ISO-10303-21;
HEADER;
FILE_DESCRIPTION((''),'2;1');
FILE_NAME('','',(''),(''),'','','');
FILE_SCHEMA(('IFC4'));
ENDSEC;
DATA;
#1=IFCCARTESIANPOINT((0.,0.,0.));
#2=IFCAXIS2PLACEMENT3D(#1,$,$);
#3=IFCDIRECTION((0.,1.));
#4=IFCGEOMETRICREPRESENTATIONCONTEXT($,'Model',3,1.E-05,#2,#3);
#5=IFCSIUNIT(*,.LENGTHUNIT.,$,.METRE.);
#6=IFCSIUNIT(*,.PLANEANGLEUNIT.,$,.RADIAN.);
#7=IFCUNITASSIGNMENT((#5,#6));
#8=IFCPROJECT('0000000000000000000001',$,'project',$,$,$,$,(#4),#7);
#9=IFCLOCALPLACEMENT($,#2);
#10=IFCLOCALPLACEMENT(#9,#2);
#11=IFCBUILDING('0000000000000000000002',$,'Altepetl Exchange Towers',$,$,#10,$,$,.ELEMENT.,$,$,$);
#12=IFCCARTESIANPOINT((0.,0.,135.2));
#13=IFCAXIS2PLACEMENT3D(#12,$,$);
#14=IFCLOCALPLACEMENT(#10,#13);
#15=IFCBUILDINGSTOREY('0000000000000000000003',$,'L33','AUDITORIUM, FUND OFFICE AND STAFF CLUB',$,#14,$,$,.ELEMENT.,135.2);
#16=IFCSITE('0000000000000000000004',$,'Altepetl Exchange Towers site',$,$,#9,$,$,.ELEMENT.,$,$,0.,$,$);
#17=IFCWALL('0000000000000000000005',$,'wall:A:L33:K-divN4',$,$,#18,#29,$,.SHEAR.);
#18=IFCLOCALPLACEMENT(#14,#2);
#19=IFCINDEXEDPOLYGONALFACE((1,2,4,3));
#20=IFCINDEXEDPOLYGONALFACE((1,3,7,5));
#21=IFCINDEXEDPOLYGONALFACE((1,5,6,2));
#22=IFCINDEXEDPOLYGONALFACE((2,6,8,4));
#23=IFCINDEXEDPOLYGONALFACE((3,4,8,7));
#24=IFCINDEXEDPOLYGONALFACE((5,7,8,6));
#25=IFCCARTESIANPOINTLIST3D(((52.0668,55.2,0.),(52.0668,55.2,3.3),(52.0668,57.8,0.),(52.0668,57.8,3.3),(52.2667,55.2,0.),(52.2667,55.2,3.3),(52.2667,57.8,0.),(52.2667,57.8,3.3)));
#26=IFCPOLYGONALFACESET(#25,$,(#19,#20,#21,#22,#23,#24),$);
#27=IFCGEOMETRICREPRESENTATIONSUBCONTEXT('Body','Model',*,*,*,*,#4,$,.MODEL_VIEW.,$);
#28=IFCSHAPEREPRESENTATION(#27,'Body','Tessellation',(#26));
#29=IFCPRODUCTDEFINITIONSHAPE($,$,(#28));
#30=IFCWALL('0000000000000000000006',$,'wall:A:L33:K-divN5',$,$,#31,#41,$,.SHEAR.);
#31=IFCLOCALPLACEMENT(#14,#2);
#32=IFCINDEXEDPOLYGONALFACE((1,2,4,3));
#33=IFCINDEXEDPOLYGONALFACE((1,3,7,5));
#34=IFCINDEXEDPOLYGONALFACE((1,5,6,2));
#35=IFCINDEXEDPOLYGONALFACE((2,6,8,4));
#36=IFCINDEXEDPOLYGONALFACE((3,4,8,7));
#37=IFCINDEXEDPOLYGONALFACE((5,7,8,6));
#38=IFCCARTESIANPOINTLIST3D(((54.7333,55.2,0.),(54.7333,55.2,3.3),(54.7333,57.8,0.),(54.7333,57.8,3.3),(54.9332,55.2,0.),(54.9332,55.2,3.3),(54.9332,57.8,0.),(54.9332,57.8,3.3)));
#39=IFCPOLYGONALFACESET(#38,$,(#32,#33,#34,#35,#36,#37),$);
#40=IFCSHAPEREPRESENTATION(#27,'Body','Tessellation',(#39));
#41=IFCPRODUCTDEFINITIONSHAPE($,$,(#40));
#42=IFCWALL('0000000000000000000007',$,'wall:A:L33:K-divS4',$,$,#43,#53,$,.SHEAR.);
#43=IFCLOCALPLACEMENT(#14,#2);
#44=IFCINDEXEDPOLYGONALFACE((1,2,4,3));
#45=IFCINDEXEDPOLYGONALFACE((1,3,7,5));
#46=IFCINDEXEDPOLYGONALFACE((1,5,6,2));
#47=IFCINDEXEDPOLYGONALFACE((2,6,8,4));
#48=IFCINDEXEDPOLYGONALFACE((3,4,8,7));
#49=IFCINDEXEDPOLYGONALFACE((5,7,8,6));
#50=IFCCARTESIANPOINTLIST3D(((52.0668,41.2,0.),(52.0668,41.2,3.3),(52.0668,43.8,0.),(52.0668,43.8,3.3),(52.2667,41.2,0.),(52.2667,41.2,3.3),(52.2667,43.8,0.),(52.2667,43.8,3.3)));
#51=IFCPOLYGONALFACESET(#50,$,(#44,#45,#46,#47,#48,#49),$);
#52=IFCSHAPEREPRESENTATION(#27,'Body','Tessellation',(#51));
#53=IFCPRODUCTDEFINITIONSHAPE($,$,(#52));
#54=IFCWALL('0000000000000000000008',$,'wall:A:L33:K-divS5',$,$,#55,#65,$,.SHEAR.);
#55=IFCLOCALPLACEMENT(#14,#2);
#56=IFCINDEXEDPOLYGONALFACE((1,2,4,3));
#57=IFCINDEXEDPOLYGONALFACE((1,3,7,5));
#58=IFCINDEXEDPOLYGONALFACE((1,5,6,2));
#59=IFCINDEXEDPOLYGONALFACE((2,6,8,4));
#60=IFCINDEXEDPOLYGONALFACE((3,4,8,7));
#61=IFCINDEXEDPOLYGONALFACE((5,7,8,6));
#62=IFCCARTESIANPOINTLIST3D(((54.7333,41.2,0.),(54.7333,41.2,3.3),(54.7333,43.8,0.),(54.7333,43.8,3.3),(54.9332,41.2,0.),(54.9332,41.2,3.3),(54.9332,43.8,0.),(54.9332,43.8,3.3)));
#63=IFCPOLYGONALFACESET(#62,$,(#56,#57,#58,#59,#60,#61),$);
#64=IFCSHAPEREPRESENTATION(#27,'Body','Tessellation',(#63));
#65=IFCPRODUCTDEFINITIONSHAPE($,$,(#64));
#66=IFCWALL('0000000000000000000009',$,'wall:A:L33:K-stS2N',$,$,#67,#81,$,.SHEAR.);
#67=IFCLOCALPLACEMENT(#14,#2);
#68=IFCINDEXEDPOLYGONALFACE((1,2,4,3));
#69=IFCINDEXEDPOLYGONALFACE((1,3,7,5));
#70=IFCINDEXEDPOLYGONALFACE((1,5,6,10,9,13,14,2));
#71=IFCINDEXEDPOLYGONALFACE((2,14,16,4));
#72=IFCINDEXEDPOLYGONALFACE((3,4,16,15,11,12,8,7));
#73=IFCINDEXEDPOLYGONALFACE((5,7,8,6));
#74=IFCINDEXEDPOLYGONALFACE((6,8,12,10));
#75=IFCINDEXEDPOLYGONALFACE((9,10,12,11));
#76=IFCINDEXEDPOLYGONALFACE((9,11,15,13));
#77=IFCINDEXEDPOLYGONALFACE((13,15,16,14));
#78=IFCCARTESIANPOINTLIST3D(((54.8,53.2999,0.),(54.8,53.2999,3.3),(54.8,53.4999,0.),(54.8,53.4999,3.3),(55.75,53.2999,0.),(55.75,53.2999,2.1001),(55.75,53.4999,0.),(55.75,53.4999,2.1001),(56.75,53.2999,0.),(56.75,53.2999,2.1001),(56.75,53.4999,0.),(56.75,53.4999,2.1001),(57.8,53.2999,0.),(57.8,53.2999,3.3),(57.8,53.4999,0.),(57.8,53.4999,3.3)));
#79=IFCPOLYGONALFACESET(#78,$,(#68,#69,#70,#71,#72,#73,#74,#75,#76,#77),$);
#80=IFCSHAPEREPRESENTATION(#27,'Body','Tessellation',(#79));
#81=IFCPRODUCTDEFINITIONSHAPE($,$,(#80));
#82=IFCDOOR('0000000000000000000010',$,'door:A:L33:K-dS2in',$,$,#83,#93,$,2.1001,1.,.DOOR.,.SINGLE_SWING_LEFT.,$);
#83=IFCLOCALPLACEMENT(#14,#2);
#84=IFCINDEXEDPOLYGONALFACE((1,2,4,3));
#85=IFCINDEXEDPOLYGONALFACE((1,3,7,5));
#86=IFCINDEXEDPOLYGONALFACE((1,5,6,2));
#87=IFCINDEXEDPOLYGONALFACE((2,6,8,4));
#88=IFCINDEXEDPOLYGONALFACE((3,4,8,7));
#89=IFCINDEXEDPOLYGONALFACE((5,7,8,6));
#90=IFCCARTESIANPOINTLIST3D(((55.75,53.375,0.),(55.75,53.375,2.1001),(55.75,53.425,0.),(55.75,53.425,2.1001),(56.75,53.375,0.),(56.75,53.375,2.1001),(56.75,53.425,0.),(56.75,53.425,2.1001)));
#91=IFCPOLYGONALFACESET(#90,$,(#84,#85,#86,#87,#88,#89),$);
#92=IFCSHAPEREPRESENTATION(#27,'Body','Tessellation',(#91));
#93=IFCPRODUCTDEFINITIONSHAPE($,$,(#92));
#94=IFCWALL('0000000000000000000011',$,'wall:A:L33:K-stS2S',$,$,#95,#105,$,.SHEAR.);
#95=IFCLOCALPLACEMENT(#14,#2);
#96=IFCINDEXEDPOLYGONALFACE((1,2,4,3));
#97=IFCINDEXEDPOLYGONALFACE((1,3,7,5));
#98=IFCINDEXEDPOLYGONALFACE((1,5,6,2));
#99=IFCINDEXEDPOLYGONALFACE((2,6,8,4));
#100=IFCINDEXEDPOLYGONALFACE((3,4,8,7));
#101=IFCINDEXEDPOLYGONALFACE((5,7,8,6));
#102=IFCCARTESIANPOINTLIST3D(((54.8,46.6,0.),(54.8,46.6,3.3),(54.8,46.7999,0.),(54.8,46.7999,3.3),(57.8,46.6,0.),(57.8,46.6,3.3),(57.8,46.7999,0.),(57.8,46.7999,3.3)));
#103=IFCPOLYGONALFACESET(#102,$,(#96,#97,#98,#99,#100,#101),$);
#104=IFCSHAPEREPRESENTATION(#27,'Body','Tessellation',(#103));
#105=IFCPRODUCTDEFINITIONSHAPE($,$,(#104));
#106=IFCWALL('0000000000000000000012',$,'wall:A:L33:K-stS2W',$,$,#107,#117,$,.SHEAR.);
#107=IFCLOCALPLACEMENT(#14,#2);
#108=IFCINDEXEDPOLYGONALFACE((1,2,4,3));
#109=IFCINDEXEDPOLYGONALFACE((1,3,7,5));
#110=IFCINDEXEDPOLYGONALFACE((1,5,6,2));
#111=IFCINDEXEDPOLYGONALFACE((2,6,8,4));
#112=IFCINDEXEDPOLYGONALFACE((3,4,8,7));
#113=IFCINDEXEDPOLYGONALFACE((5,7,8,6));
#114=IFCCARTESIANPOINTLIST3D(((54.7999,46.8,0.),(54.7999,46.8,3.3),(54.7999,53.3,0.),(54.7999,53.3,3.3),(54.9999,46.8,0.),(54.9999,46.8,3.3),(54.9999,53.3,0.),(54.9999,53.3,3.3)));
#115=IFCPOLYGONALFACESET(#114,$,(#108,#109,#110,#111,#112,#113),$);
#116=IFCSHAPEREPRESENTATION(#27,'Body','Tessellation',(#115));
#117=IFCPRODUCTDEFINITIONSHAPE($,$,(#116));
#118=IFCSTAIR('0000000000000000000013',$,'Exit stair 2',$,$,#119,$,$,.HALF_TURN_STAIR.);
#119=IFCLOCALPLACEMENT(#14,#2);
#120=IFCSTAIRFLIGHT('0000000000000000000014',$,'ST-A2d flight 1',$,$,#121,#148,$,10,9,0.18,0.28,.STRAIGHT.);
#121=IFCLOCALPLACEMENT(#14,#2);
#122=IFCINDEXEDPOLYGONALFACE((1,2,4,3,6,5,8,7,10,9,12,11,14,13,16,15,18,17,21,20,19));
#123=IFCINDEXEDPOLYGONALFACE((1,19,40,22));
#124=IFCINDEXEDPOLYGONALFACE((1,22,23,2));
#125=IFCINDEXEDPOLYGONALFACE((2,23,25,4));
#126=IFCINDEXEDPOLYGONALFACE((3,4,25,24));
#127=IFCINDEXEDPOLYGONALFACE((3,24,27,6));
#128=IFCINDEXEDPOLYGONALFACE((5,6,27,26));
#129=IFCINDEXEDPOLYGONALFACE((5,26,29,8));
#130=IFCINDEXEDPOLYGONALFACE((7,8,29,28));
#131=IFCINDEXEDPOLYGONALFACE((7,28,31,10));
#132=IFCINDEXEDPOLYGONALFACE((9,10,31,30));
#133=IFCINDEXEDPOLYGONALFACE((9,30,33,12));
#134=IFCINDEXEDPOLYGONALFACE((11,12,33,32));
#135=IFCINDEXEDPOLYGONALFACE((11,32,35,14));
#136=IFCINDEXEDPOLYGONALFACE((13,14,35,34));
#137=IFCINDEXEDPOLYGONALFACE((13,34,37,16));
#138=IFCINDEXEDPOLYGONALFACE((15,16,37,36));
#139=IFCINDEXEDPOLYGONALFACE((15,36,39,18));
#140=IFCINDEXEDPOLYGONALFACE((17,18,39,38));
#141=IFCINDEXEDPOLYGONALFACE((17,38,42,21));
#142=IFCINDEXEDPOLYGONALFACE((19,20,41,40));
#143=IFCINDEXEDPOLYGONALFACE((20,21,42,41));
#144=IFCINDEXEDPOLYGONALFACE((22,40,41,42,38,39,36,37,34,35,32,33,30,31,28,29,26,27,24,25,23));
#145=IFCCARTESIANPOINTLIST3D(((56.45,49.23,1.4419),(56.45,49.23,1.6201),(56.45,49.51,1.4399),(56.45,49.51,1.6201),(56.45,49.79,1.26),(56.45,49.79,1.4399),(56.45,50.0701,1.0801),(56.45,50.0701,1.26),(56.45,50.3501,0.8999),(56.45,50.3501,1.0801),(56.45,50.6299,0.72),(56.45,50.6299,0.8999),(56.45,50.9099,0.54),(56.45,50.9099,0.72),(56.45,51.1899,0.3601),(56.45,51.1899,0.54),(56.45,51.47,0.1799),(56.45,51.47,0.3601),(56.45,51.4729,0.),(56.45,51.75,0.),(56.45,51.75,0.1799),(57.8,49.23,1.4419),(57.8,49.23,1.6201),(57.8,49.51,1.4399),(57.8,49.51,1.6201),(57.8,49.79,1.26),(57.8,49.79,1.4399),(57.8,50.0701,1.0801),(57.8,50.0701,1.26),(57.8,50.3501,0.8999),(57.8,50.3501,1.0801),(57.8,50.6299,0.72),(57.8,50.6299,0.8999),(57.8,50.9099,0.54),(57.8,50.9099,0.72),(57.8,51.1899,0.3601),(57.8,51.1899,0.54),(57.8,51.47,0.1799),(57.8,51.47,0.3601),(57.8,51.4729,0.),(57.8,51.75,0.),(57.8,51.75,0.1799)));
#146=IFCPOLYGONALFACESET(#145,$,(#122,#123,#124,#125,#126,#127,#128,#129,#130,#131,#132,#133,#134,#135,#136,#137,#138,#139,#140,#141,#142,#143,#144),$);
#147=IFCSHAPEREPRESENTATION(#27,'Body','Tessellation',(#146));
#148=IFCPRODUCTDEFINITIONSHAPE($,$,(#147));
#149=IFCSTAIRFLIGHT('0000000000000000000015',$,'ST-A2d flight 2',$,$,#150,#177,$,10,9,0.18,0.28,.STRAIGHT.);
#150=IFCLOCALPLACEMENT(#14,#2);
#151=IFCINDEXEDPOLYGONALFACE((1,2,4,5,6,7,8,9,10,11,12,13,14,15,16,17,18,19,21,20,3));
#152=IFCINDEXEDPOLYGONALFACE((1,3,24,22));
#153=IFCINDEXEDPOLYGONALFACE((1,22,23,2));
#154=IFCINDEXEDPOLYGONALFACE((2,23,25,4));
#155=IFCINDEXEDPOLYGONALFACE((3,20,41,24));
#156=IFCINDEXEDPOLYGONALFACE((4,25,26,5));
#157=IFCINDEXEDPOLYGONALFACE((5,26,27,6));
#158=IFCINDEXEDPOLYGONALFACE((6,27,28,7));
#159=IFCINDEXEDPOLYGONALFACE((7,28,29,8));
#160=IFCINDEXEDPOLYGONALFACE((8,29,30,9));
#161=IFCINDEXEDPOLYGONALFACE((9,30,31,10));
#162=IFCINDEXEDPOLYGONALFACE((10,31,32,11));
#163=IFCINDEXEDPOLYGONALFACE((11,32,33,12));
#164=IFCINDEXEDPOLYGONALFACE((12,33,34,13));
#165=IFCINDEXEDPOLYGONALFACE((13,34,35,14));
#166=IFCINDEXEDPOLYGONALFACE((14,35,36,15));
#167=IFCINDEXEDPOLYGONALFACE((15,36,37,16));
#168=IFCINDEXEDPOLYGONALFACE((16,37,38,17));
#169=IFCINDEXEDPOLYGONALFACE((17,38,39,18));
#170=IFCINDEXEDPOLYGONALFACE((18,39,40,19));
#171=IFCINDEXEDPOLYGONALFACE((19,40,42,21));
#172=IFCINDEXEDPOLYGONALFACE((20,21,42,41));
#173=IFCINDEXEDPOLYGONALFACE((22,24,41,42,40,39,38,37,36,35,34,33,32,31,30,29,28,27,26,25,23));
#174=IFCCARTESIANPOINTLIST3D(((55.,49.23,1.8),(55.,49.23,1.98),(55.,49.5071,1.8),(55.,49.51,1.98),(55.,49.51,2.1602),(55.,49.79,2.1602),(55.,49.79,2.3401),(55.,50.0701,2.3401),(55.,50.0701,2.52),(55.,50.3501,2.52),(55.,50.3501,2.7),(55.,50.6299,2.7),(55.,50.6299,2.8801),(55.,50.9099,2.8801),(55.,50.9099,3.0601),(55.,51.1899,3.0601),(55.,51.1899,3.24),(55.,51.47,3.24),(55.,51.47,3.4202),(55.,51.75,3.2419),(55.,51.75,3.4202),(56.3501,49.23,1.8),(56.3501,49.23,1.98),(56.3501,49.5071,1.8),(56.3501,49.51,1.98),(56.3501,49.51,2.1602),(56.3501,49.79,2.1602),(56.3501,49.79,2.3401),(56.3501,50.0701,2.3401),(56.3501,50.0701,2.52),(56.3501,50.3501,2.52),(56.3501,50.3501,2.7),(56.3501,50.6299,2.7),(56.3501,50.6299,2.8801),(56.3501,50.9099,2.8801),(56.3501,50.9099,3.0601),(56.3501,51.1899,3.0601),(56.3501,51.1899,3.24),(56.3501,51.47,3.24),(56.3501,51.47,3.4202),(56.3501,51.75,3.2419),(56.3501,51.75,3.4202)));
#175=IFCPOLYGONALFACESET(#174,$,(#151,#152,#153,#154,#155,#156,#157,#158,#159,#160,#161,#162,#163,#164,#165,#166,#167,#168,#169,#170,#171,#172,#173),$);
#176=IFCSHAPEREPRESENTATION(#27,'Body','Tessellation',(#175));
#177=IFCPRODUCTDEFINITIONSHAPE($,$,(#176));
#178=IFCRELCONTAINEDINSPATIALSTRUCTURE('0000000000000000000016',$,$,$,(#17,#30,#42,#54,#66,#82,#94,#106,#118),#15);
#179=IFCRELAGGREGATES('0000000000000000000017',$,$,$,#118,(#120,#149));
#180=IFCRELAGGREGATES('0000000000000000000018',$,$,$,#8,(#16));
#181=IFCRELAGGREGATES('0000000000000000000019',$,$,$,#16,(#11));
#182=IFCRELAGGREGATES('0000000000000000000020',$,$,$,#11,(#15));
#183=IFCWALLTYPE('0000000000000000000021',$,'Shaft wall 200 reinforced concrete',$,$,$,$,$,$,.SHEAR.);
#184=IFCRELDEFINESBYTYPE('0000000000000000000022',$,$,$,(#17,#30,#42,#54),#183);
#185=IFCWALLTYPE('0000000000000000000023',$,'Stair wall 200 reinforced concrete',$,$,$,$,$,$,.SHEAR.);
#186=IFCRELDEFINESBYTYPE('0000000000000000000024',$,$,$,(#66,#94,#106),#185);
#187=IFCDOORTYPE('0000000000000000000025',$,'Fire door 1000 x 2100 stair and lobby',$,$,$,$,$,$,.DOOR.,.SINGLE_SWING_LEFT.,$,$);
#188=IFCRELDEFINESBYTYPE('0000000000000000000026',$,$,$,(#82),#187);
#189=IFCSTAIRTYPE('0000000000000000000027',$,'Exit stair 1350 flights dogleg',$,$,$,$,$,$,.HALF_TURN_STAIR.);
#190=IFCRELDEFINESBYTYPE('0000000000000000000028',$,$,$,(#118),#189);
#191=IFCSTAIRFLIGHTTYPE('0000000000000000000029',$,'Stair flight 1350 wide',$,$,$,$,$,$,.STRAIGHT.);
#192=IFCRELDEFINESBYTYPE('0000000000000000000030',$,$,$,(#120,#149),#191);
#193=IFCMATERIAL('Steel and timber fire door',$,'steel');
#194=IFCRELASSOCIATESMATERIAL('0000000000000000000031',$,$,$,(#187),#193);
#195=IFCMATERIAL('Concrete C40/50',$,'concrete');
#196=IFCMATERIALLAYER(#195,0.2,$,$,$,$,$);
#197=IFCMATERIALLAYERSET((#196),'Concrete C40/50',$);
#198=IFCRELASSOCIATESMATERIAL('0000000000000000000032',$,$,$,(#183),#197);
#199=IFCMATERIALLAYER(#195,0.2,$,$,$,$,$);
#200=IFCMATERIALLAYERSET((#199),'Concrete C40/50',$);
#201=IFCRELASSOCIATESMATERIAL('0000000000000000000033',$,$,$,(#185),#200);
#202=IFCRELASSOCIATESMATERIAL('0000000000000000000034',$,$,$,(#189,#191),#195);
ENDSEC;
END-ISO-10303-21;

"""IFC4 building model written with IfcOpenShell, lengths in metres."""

from ifc_helpers import new_model, si_unit, direction, frame, frame_2d, origin, place, context, subcontext, project, spatial, polyline, rectangle, outline, extrude, material, layer, layer_set, type_object, element, fill, aggregate, save


model = new_model("IFC4")

# Units and contexts
model_context = context("Model", 3, precision=1e-05, world=origin(), true_north=direction((0.0, 1.0)))
body_context = subcontext(model_context, "Body", "Model", "MODEL_VIEW")
ifc_project = project(units=[si_unit("LENGTHUNIT", "METRE"), si_unit("PLANEANGLEUNIT", "RADIAN")], contexts=[model_context])

# Site, building, storey
site_placement = place(None, origin())
site = spatial("IfcSite", under=ifc_project, at=site_placement, Name="Altepetl Exchange Towers site", CompositionType="ELEMENT", RefElevation=0.0)
building_placement = place(site_placement, origin())
building = spatial("IfcBuilding", under=site, at=building_placement, Name="Altepetl Exchange Towers", CompositionType="ELEMENT")
storey_placement = place(building_placement, frame((0.0, 0.0, 135.2)))
storey = spatial("IfcBuildingStorey", under=building, at=storey_placement, Name="L33", Description="AUDITORIUM, FUND OFFICE AND STAFF CLUB", CompositionType="ELEMENT", Elevation=135.2)

# Shared definitions
ifc_material_1 = material(Name="Steel and timber fire door", Category="steel")
door_type_1 = type_object("IfcDoorType", Name="Fire door 1000 x 2100 stair and lobby", OperationType="SINGLE_SWING_LEFT", PredefinedType="DOOR", material=ifc_material_1)

# Walls
ifc_material_2 = material(Name="Concrete C40/50", Category="concrete")
ifc_layer_1 = layer(ifc_material_2, 0.2)
ifc_layer_set_1 = layer_set([ifc_layer_1], Name="Concrete C40/50")
wall_type_1 = type_object("IfcWallType", Name="Shaft wall 200 reinforced concrete", PredefinedType="SHEAR", material=ifc_layer_set_1)
for number, where, z_axis, x_axis, name in (
    (1, (52.1667, 57.8, 0.0), (0.0, 0.0, 1.0), (0.0, -1.0, 0.0), "wall:A:L33:K-divN4"),
    (2, (54.8333, 57.8, 0.0), (0.0, 0.0, 1.0), (0.0, -1.0, 0.0), "wall:A:L33:K-divN5"),
    (3, (52.1667, 41.2, 0.0), (0.0, 0.0, 1.0), (0.0, 1.0, 0.0), "wall:A:L33:K-divS4"),
    (4, (54.8333, 41.2, 0.0), (0.0, 0.0, 1.0), (0.0, 1.0, 0.0), "wall:A:L33:K-divS5"),
):
    element("IfcWall", number, at=place(storey_placement, frame(where, z_axis=z_axis, x_axis=x_axis)), inside=storey, type_object=wall_type_1, Name=name, PredefinedType="SHEAR", context=body_context, shape_type="SweptSolid", body=[
        extrude(rectangle(XDim=2.6001, YDim=0.2, at=frame_2d((1.3, 0.0))), origin(), (0.0, 0.0, 1.0), 3.3),
    ])

# Wall, opening, door
ifc_layer_2 = layer(ifc_material_2, 0.2)
ifc_layer_set_2 = layer_set([ifc_layer_2], Name="Concrete C40/50")
wall_type_2 = type_object("IfcWallType", Name="Stair wall 200 reinforced concrete", PredefinedType="SHEAR", material=ifc_layer_set_2)
wall_1_placement = place(storey_placement, frame((54.8, 53.3999, 0.0)))
wall_1 = element("IfcWall", 5, at=wall_1_placement, inside=storey, type_object=wall_type_2, Name="wall:A:L33:K-stS2N", PredefinedType="SHEAR", context=body_context, shape_type="SweptSolid", body=[
    extrude(rectangle(XDim=3.0, YDim=0.2, at=frame_2d((1.5, 0.0))), origin(), (0.0, 0.0, 1.0), 3.3),
])
opening_1_placement = place(wall_1_placement, frame((0.95, 0.0, 0.0)))
opening_1 = element("IfcOpeningElement", 6, at=opening_1_placement, cuts=wall_1, PredefinedType="OPENING", context=body_context, shape_type="SweptSolid", body=[
    extrude(rectangle(XDim=1.0, YDim=2.1001, at=frame_2d((0.5, 1.05))), frame((0.0, 0.1099, 0.0), z_axis=(0.0, -1.0, 0.0), x_axis=(1.0, 0.0, 0.0)), (0.0, 0.0, 1.0), 0.22),
])
door_1_placement = place(opening_1_placement, frame((1.0, 0.0, 0.0), x_axis=(-1.0, 0.0, 0.0)))
door_1 = element("IfcDoor", 7, at=door_1_placement, inside=storey, type_object=door_type_1, Name="door:A:L33:K-dS2in", OperationType="SINGLE_SWING_LEFT", OverallHeight=2.1001, OverallWidth=1.0, PredefinedType="DOOR", context=body_context, shape_type="SweptSolid", body=[
    extrude(rectangle(XDim=1.0, YDim=2.1001, at=frame_2d((0.5, 1.05))), frame((0.0, 0.0249, 0.0), z_axis=(0.0, -1.0, 0.0), x_axis=(1.0, 0.0, 0.0)), (0.0, 0.0, 1.0), 0.05),
])
fill(opening_1, door_1)

# Walls
wall_2_placement = place(storey_placement, frame((54.8, 46.7, 0.0)))
element("IfcWall", 8, at=wall_2_placement, inside=storey, type_object=wall_type_2, Name="wall:A:L33:K-stS2S", PredefinedType="SHEAR", context=body_context, shape_type="SweptSolid", body=[
    extrude(rectangle(XDim=3.0, YDim=0.2, at=frame_2d((1.5, 0.0))), origin(), (0.0, 0.0, 1.0), 3.3),
])
wall_3_placement = place(storey_placement, frame((54.8999, 46.8, 0.0), z_axis=(0.0, 0.0, 1.0), x_axis=(0.0, 1.0, 0.0)))
element("IfcWall", 9, at=wall_3_placement, inside=storey, type_object=wall_type_2, Name="wall:A:L33:K-stS2W", PredefinedType="SHEAR", context=body_context, shape_type="SweptSolid", body=[
    extrude(rectangle(XDim=6.5, YDim=0.2, at=frame_2d((3.25, 0.0))), origin(), (0.0, 0.0, 1.0), 3.3),
])

# Stair, stair flights
stair_type = type_object("IfcStairType", Name="Exit stair 1350 flights dogleg", PredefinedType="HALF_TURN_STAIR", material=ifc_material_2)
stair_placement = place(storey_placement, origin())
stair = element("IfcStair", 10, at=stair_placement, inside=storey, type_object=stair_type, Name="Exit stair 2", PredefinedType="HALF_TURN_STAIR")
stair_flight_type = type_object("IfcStairFlightType", Name="Stair flight 1350 wide", PredefinedType="STRAIGHT", material=ifc_material_2)
stair_flight_1_placement = place(storey_placement, frame((57.125, 51.75, 0.0), z_axis=(0.0, 0.0, 1.0), x_axis=(0.0, -1.0, 0.0)))
stair_flight_1 = element("IfcStairFlight", 11, at=stair_flight_1_placement, type_object=stair_flight_type, Name="ST-A2d flight 1", NumberOfRisers=10, NumberOfTreads=9, PredefinedType="STRAIGHT", RiserHeight=0.18, TreadLength=0.28, context=body_context, shape_type="SweptSolid", body=[
    extrude(outline(polyline([(0.0, 0.0), (0.0, 0.1799), (0.28, 0.1799), (0.28, 0.3601), (0.5601, 0.3601), (0.5601, 0.54), (0.8401, 0.54), (0.8401, 0.72), (1.1201, 0.72), (1.1201, 0.8999), (1.3999, 0.8999), (1.3999, 1.0801), (1.6799, 1.0801), (1.6799, 1.26), (1.96, 1.26), (1.96, 1.4399), (2.24, 1.4399), (2.24, 1.6201), (2.52, 1.6201), (2.52, 1.8), (2.52, 1.4419), (0.2771, 0.0), (0.0, 0.0)])), frame((0.0, 0.675, 0.0), z_axis=(0.0, -1.0, 0.0), x_axis=(1.0, 0.0, 0.0)), (0.0, 0.0, 1.0), 1.3501),
])
stair_flight_2_placement = place(storey_placement, frame((55.675, 49.23, 1.8), z_axis=(0.0, 0.0, 1.0), x_axis=(0.0, 1.0, 0.0)))
stair_flight_2 = element("IfcStairFlight", 12, at=stair_flight_2_placement, type_object=stair_flight_type, Name="ST-A2d flight 2", NumberOfRisers=10, NumberOfTreads=9, PredefinedType="STRAIGHT", RiserHeight=0.18, TreadLength=0.28, context=body_context, shape_type="SweptSolid", body=[
    extrude(outline(polyline([(0.0, 0.0), (0.0, 0.1799), (0.28, 0.1799), (0.28, 0.3601), (0.5601, 0.3601), (0.5601, 0.54), (0.8401, 0.54), (0.8401, 0.72), (1.1201, 0.72), (1.1201, 0.8999), (1.3999, 0.8999), (1.3999, 1.0801), (1.6799, 1.0801), (1.6799, 1.26), (1.96, 1.26), (1.96, 1.4399), (2.24, 1.4399), (2.24, 1.6201), (2.52, 1.6201), (2.52, 1.8), (2.52, 1.4419), (0.2771, 0.0), (0.0, 0.0)])), frame((0.0, 0.675, 0.0), z_axis=(0.0, -1.0, 0.0), x_axis=(1.0, 0.0, 0.0)), (0.0, 0.0, 1.0), 1.3501),
])
aggregate(stair, [stair_flight_1, stair_flight_2])

save(model, "model.ifc")
